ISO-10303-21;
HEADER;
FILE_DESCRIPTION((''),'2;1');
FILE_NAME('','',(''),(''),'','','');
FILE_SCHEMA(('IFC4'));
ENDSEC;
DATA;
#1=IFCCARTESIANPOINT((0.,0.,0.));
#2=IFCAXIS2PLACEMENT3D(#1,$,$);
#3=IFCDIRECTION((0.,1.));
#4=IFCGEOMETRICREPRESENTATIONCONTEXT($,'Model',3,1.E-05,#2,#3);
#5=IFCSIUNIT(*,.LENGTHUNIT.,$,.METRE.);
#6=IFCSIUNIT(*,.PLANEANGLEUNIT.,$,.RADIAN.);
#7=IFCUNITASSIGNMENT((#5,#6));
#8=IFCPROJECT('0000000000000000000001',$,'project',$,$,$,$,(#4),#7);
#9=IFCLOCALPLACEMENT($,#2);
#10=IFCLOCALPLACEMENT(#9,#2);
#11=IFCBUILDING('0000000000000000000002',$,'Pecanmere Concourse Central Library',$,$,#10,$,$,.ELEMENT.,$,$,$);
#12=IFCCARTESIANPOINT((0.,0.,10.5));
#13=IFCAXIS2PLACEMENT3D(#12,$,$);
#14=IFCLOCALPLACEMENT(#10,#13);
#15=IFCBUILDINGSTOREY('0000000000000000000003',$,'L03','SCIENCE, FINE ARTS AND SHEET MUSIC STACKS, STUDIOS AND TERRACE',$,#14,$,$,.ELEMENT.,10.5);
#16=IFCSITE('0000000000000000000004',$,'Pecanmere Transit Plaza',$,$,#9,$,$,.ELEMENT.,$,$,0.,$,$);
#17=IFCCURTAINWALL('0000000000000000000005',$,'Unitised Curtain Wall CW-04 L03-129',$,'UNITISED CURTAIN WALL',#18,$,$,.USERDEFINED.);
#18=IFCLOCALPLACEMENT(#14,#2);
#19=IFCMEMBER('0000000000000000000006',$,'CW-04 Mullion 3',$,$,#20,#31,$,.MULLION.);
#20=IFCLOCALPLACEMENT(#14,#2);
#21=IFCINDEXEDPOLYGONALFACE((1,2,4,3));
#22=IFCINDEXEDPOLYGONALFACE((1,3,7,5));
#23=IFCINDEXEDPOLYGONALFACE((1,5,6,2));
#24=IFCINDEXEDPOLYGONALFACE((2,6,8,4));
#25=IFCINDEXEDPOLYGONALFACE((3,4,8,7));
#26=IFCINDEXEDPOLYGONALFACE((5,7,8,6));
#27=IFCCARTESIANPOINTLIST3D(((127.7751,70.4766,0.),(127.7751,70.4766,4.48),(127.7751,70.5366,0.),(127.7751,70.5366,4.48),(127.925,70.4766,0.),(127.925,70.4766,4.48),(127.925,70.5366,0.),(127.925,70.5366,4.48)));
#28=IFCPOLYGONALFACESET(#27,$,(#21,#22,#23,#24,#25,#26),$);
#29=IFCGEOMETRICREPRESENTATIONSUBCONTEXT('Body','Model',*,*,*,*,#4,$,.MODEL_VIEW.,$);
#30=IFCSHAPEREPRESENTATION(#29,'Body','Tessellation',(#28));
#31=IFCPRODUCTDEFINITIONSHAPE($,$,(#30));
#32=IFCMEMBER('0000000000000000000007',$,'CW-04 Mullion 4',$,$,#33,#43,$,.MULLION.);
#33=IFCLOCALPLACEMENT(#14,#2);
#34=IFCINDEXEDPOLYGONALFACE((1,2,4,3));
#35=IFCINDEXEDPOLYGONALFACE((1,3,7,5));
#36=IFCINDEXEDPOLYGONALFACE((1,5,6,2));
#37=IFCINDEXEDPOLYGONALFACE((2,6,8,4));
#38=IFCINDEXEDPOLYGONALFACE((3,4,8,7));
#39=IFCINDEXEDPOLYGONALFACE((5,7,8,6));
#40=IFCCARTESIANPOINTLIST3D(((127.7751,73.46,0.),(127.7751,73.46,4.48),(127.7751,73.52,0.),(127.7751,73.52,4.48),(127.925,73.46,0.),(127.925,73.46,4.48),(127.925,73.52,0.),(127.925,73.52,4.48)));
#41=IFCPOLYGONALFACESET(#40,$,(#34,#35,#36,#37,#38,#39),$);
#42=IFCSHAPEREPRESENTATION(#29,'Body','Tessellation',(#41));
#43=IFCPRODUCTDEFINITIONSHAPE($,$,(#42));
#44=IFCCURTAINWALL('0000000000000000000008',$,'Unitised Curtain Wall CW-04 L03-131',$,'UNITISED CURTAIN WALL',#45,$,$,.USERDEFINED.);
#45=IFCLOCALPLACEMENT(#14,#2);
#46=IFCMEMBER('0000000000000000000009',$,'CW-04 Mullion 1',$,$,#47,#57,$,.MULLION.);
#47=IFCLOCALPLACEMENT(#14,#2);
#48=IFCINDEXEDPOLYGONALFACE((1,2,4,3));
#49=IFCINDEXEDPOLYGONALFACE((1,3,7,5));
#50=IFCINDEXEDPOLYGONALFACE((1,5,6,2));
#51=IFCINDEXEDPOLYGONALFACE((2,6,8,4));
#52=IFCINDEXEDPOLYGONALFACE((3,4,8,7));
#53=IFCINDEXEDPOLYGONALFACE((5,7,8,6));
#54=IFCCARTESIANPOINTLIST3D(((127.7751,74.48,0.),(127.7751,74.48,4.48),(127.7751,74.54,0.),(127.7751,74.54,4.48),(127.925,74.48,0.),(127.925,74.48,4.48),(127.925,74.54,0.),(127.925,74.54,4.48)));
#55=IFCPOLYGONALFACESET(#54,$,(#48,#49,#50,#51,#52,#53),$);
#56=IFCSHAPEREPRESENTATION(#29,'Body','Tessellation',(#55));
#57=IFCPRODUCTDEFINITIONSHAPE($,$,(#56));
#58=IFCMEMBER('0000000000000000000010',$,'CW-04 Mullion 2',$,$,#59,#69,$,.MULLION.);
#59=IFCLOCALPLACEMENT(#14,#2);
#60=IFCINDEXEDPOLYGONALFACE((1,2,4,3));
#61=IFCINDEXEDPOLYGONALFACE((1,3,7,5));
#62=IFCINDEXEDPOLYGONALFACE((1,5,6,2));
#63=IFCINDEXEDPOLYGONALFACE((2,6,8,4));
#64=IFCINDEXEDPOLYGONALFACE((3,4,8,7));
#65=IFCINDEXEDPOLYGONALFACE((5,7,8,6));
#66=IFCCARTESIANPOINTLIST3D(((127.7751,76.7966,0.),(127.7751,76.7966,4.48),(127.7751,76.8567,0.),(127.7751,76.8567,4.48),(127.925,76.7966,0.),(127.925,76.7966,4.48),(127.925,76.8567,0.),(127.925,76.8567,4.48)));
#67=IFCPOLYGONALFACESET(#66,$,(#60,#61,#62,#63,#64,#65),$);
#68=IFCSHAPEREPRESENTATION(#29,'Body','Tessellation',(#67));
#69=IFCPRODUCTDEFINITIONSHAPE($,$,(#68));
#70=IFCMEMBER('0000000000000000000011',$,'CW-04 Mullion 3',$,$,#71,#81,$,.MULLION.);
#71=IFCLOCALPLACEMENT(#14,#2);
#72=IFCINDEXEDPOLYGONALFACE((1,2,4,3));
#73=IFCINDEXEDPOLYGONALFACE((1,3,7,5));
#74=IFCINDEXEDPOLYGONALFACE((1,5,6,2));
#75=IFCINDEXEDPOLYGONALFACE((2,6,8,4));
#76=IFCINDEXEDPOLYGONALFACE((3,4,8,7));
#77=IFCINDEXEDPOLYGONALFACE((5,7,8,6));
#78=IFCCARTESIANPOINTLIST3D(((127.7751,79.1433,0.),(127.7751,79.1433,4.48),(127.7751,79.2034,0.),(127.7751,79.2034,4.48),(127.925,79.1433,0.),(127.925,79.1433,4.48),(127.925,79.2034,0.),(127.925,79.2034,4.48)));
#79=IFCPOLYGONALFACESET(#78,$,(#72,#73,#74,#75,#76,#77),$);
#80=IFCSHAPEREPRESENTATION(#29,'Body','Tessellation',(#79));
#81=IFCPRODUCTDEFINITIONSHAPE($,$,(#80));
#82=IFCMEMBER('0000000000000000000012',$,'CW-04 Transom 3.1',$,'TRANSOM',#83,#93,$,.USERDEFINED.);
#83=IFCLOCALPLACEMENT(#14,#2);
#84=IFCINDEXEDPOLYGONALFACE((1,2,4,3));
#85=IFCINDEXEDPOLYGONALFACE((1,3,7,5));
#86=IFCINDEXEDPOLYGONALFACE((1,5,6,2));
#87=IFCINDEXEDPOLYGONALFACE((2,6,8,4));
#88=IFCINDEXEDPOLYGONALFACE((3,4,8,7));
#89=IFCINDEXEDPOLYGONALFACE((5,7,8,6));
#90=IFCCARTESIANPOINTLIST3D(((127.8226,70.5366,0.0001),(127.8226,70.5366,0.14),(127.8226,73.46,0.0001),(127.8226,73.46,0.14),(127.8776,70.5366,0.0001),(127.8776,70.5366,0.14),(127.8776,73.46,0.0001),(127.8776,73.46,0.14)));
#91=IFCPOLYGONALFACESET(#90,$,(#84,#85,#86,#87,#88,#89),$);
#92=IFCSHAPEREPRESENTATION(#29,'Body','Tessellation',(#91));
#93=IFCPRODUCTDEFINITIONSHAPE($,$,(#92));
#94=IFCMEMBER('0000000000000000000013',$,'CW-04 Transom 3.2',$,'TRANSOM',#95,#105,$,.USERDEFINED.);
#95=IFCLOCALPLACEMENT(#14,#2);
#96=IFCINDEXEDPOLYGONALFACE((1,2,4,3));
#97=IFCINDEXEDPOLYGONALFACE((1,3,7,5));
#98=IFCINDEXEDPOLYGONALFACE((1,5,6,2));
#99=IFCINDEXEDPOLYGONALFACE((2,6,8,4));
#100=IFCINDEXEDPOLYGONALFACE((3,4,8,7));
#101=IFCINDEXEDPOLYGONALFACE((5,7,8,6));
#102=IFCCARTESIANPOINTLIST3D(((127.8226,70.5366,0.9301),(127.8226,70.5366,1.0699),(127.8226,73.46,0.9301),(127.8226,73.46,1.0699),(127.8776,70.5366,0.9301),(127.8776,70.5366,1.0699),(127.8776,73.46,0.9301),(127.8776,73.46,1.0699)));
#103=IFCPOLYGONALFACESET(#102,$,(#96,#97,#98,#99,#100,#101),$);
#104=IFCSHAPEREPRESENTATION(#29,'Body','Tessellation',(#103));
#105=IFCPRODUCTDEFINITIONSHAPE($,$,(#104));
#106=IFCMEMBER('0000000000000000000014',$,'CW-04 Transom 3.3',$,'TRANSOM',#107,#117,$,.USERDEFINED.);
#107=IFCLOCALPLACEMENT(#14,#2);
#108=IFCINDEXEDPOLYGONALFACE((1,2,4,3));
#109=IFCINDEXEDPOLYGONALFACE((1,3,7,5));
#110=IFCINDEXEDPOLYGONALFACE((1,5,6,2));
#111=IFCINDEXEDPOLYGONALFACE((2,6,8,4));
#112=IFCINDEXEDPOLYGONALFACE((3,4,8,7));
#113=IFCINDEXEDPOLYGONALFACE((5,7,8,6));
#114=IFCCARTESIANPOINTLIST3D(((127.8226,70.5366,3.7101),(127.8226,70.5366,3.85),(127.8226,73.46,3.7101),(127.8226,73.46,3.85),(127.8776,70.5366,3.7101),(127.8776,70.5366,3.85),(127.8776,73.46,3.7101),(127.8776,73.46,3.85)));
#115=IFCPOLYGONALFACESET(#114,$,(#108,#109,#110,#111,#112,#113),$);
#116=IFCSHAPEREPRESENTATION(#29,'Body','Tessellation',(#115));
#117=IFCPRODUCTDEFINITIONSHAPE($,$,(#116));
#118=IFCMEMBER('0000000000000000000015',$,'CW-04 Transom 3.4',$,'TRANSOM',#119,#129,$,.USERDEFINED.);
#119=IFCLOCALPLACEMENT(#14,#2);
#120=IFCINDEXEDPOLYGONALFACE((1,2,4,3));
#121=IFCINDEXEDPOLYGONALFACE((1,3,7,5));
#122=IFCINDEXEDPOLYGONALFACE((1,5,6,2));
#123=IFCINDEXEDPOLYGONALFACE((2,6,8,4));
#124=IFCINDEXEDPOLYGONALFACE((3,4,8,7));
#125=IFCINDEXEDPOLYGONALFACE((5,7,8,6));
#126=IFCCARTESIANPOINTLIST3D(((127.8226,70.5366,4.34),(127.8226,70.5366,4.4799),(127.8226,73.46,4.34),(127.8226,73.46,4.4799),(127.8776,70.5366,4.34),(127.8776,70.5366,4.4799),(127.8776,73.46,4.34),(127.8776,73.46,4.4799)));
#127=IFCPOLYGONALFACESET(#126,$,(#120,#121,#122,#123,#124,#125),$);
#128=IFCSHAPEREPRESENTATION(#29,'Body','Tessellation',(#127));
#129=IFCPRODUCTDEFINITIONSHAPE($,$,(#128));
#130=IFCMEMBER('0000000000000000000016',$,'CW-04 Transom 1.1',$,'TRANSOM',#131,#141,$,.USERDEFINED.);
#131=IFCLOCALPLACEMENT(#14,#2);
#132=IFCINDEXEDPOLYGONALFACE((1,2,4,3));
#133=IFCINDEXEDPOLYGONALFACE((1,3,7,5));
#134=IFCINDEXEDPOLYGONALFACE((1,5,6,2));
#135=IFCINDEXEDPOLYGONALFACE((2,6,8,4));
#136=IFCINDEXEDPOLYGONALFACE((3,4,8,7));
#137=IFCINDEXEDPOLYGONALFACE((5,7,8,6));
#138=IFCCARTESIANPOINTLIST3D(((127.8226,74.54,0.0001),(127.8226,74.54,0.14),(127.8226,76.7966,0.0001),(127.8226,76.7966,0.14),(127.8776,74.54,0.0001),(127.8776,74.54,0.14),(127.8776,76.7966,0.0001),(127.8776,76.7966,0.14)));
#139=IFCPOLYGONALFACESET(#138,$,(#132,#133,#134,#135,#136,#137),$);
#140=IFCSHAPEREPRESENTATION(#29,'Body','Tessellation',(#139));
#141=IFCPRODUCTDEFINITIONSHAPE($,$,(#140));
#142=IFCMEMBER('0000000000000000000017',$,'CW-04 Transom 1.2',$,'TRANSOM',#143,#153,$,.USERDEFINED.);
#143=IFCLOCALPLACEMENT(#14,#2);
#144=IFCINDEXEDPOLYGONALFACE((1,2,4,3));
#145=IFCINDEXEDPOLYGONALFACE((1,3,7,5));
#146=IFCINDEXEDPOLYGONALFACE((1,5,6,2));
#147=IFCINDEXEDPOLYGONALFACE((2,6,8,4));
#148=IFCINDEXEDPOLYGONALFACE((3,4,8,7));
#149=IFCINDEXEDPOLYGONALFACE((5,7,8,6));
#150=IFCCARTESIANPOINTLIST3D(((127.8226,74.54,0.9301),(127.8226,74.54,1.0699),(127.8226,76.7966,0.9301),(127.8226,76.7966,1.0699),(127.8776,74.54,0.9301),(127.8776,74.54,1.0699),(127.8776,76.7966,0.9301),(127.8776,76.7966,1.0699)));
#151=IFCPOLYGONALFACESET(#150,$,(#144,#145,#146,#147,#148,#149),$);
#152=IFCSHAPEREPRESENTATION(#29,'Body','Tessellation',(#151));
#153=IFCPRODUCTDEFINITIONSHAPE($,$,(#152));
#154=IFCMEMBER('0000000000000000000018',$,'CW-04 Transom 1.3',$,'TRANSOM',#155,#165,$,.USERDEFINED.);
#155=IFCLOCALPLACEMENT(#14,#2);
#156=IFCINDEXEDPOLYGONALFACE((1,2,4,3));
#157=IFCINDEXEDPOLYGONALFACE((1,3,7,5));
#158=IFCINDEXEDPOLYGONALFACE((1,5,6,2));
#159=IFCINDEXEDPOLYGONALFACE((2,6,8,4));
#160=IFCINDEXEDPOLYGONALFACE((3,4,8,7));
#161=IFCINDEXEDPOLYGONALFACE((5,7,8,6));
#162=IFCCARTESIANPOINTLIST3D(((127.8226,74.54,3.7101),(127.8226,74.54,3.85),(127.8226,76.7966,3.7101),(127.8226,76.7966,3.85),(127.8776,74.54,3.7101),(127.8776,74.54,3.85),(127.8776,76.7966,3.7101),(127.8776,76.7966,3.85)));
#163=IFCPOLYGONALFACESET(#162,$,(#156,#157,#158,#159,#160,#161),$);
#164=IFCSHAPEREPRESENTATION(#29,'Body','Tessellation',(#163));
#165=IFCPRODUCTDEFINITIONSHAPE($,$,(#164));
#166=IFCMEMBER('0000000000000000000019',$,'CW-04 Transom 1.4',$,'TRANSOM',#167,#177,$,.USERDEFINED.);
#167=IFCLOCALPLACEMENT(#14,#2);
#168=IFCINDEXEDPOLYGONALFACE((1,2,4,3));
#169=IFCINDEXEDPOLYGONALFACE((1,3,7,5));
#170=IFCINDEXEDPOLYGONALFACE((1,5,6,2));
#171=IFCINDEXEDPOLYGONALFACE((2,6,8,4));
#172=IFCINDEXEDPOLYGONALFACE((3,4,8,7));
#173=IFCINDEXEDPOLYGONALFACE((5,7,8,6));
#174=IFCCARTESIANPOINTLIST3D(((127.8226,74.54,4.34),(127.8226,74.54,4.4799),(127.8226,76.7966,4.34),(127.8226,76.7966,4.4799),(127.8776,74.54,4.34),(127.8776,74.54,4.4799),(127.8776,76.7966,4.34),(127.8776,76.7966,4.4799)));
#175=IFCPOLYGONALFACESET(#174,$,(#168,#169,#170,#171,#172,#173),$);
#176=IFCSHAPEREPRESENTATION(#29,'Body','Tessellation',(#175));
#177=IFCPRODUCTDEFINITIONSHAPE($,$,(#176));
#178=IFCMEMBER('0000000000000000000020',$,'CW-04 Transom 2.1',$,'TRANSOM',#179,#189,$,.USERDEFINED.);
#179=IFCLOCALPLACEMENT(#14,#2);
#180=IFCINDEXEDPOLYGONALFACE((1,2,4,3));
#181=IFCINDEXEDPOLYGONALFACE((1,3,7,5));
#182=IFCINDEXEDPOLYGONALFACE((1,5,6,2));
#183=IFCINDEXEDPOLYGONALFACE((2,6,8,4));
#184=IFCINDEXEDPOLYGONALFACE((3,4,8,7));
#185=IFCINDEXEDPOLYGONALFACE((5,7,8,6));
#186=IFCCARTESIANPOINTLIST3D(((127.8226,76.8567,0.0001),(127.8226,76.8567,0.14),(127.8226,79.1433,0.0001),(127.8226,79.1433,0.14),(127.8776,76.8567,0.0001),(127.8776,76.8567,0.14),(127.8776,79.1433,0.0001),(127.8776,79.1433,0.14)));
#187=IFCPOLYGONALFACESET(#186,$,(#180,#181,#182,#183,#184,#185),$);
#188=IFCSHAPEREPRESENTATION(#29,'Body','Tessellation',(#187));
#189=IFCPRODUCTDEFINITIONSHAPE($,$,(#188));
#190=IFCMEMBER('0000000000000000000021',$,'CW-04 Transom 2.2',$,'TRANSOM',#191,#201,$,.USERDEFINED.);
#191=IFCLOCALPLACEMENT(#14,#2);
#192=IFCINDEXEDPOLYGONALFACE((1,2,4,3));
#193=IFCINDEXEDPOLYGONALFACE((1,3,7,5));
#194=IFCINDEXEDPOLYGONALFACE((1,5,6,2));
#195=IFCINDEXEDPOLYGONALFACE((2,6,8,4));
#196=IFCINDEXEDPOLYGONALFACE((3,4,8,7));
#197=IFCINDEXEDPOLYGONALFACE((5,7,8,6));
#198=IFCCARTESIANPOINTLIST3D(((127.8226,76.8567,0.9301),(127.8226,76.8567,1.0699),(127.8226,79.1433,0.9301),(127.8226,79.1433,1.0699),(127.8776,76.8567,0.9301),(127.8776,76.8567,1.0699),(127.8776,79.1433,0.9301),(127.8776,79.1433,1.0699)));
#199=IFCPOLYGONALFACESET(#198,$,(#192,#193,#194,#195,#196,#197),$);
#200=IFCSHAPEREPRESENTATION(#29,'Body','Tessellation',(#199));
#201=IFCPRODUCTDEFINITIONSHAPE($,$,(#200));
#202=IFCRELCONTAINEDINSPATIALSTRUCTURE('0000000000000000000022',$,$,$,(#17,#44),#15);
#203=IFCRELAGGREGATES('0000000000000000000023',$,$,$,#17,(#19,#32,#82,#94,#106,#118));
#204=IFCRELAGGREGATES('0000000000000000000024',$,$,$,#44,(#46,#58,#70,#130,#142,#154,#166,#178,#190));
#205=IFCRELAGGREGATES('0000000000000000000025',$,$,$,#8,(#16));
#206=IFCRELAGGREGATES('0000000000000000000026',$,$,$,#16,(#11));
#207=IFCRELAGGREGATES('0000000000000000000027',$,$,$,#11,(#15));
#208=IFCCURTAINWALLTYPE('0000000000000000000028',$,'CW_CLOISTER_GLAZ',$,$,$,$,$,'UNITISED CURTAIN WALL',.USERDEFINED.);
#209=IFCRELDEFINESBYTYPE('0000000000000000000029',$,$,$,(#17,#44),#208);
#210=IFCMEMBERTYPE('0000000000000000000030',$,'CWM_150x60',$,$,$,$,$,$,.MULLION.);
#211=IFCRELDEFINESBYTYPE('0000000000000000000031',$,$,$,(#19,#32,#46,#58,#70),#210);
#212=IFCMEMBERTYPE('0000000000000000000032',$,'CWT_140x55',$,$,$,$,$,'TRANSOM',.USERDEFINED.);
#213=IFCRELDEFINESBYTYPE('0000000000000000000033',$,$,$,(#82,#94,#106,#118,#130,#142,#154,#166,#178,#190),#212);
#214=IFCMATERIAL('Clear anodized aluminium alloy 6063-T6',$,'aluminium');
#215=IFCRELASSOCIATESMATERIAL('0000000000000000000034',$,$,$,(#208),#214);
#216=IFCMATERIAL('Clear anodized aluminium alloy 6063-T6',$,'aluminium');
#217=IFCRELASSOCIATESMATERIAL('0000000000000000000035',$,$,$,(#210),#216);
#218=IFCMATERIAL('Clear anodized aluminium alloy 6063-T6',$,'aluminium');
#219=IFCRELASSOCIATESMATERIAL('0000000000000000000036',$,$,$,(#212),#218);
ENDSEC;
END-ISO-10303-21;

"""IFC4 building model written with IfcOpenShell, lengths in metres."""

from ifc_helpers import new_model, si_unit, direction, frame, origin, origin_2d, place, context, subcontext, project, spatial, rectangle, extrude, material, material_profile, profile_set, type_object, element, aggregate, save


model = new_model("IFC4")

# Units and contexts
model_context = context("Model", 3, precision=1e-05, world=origin(), true_north=direction((0.0, 1.0)))
body_context = subcontext(model_context, "Body", "Model", "MODEL_VIEW")
ifc_project = project(units=[si_unit("LENGTHUNIT", "METRE"), si_unit("PLANEANGLEUNIT", "RADIAN")], contexts=[model_context])

# Site, building, storey
site_placement = place(None, origin())
site = spatial("IfcSite", under=ifc_project, at=site_placement, Name="Pecanmere Transit Plaza", CompositionType="ELEMENT", RefElevation=0.0)
building_placement = place(site_placement, origin())
building = spatial("IfcBuilding", under=site, at=building_placement, Name="Pecanmere Concourse Central Library", CompositionType="ELEMENT")
storey_placement = place(building_placement, frame((0.0, 0.0, 10.5)))
storey = spatial("IfcBuildingStorey", under=building, at=storey_placement, Name="L03", Description="SCIENCE, FINE ARTS AND SHEET MUSIC STACKS, STUDIOS AND TERRACE", CompositionType="ELEMENT", Elevation=10.5)

# Curtain walls, members
ifc_material_1 = material(Name="Clear anodized aluminium alloy 6063-T6", Category="aluminium")
curtain_wall_type = type_object("IfcCurtainWallType", Name="CW_CLOISTER_GLAZ", ElementType="UNITISED CURTAIN WALL", PredefinedType="USERDEFINED", material=ifc_material_1)
curtain_wall_1_placement = place(storey_placement, origin())
curtain_wall_1 = element("IfcCurtainWall", 1, at=curtain_wall_1_placement, inside=storey, type_object=curtain_wall_type, Name="Unitised Curtain Wall CW-04 L03-129", ObjectType="UNITISED CURTAIN WALL", PredefinedType="USERDEFINED")
ifc_material_2 = material(Name="Clear anodized aluminium alloy 6063-T6", Category="aluminium")
ifc_material_profile_1 = material_profile(ifc_material_2, rectangle(XDim=0.0601, YDim=0.1499, at=origin_2d()), Name="AL 60x150")
ifc_profile_set_1 = profile_set([ifc_material_profile_1], Name="Clear anodized aluminium alloy 6063-T6")
member_type_1 = type_object("IfcMemberType", Name="CWM_150x60", PredefinedType="MULLION", material=ifc_profile_set_1)
member_1_placement = place(storey_placement, frame((127.8501, 70.5066, 0.0), z_axis=(0.0, 0.0, 1.0), x_axis=(0.0, 1.0, 0.0)))
member_1 = element("IfcMember", 2, at=member_1_placement, type_object=member_type_1, Name="CW-04 Mullion 3", PredefinedType="MULLION", context=body_context, shape_type="SweptSolid", body=[
    extrude(rectangle(XDim=0.0601, YDim=0.1499, at=origin_2d()), origin(), (0.0, 0.0, 1.0), 4.48),
])
member_2_placement = place(storey_placement, frame((127.8501, 73.49, 0.0), z_axis=(0.0, 0.0, 1.0), x_axis=(0.0, 1.0, 0.0)))
member_2 = element("IfcMember", 3, at=member_2_placement, type_object=member_type_1, Name="CW-04 Mullion 4", PredefinedType="MULLION", context=body_context, shape_type="SweptSolid", body=[
    extrude(rectangle(XDim=0.0601, YDim=0.1499, at=origin_2d()), origin(), (0.0, 0.0, 1.0), 4.48),
])
curtain_wall_2_placement = place(storey_placement, origin())
curtain_wall_2 = element("IfcCurtainWall", 4, at=curtain_wall_2_placement, inside=storey, type_object=curtain_wall_type, Name="Unitised Curtain Wall CW-04 L03-131", ObjectType="UNITISED CURTAIN WALL", PredefinedType="USERDEFINED")
member_3_placement = place(storey_placement, frame((127.8501, 74.51, 0.0), z_axis=(0.0, 0.0, 1.0), x_axis=(0.0, 1.0, 0.0)))
member_3 = element("IfcMember", 5, at=member_3_placement, type_object=member_type_1, Name="CW-04 Mullion 1", PredefinedType="MULLION", context=body_context, shape_type="SweptSolid", body=[
    extrude(rectangle(XDim=0.0601, YDim=0.1499, at=origin_2d()), origin(), (0.0, 0.0, 1.0), 4.48),
])
member_4_placement = place(storey_placement, frame((127.8501, 76.8267, 0.0), z_axis=(0.0, 0.0, 1.0), x_axis=(0.0, 1.0, 0.0)))
member_4 = element("IfcMember", 6, at=member_4_placement, type_object=member_type_1, Name="CW-04 Mullion 2", PredefinedType="MULLION", context=body_context, shape_type="SweptSolid", body=[
    extrude(rectangle(XDim=0.0601, YDim=0.1499, at=origin_2d()), origin(), (0.0, 0.0, 1.0), 4.48),
])
member_5_placement = place(storey_placement, frame((127.8501, 79.1733, 0.0), z_axis=(0.0, 0.0, 1.0), x_axis=(0.0, 1.0, 0.0)))
member_5 = element("IfcMember", 7, at=member_5_placement, type_object=member_type_1, Name="CW-04 Mullion 3", PredefinedType="MULLION", context=body_context, shape_type="SweptSolid", body=[
    extrude(rectangle(XDim=0.0601, YDim=0.1499, at=origin_2d()), origin(), (0.0, 0.0, 1.0), 4.48),
])

# Members
ifc_material_3 = material(Name="Clear anodized aluminium alloy 6063-T6", Category="aluminium")
ifc_material_profile_2 = material_profile(ifc_material_3, rectangle(XDim=0.0549, YDim=0.1399, at=origin_2d()), Name="AL 55x140")
ifc_profile_set_2 = profile_set([ifc_material_profile_2], Name="Clear anodized aluminium alloy 6063-T6")
member_type_2 = type_object("IfcMemberType", Name="CWT_140x55", ElementType="TRANSOM", PredefinedType="USERDEFINED", material=ifc_profile_set_2)
member_6_placement = place(storey_placement, frame((127.8501, 70.5366, 0.0701), z_axis=(0.0, 1.0, 0.0), x_axis=(-1.0, 0.0, 0.0)))
member_6 = element("IfcMember", 8, at=member_6_placement, type_object=member_type_2, Name="CW-04 Transom 3.1", ObjectType="TRANSOM", PredefinedType="USERDEFINED", context=body_context, shape_type="SweptSolid", body=[
    extrude(rectangle(XDim=0.0549, YDim=0.1399, at=origin_2d()), origin(), (0.0, 0.0, 1.0), 2.9233),
])
member_7_placement = place(storey_placement, frame((127.8501, 70.5366, 1.0), z_axis=(0.0, 1.0, 0.0), x_axis=(-1.0, 0.0, 0.0)))
member_7 = element("IfcMember", 9, at=member_7_placement, type_object=member_type_2, Name="CW-04 Transom 3.2", ObjectType="TRANSOM", PredefinedType="USERDEFINED", context=body_context, shape_type="SweptSolid", body=[
    extrude(rectangle(XDim=0.0549, YDim=0.1399, at=origin_2d()), origin(), (0.0, 0.0, 1.0), 2.9233),
])
member_8_placement = place(storey_placement, frame((127.8501, 70.5366, 3.78), z_axis=(0.0, 1.0, 0.0), x_axis=(-1.0, 0.0, 0.0)))
member_8 = element("IfcMember", 10, at=member_8_placement, type_object=member_type_2, Name="CW-04 Transom 3.3", ObjectType="TRANSOM", PredefinedType="USERDEFINED", context=body_context, shape_type="SweptSolid", body=[
    extrude(rectangle(XDim=0.0549, YDim=0.1399, at=origin_2d()), origin(), (0.0, 0.0, 1.0), 2.9233),
])
member_9_placement = place(storey_placement, frame((127.8501, 70.5366, 4.4099), z_axis=(0.0, 1.0, 0.0), x_axis=(-1.0, 0.0, 0.0)))
member_9 = element("IfcMember", 11, at=member_9_placement, type_object=member_type_2, Name="CW-04 Transom 3.4", ObjectType="TRANSOM", PredefinedType="USERDEFINED", context=body_context, shape_type="SweptSolid", body=[
    extrude(rectangle(XDim=0.0549, YDim=0.1399, at=origin_2d()), origin(), (0.0, 0.0, 1.0), 2.9233),
])
member_10_placement = place(storey_placement, frame((127.8501, 74.54, 0.0701), z_axis=(0.0, 1.0, 0.0), x_axis=(-1.0, 0.0, 0.0)))
member_10 = element("IfcMember", 12, at=member_10_placement, type_object=member_type_2, Name="CW-04 Transom 1.1", ObjectType="TRANSOM", PredefinedType="USERDEFINED", context=body_context, shape_type="SweptSolid", body=[
    extrude(rectangle(XDim=0.0549, YDim=0.1399, at=origin_2d()), origin(), (0.0, 0.0, 1.0), 2.2566),
])
member_11_placement = place(storey_placement, frame((127.8501, 74.54, 1.0), z_axis=(0.0, 1.0, 0.0), x_axis=(-1.0, 0.0, 0.0)))
member_11 = element("IfcMember", 13, at=member_11_placement, type_object=member_type_2, Name="CW-04 Transom 1.2", ObjectType="TRANSOM", PredefinedType="USERDEFINED", context=body_context, shape_type="SweptSolid", body=[
    extrude(rectangle(XDim=0.0549, YDim=0.1399, at=origin_2d()), origin(), (0.0, 0.0, 1.0), 2.2566),
])
member_12_placement = place(storey_placement, frame((127.8501, 74.54, 3.78), z_axis=(0.0, 1.0, 0.0), x_axis=(-1.0, 0.0, 0.0)))
member_12 = element("IfcMember", 14, at=member_12_placement, type_object=member_type_2, Name="CW-04 Transom 1.3", ObjectType="TRANSOM", PredefinedType="USERDEFINED", context=body_context, shape_type="SweptSolid", body=[
    extrude(rectangle(XDim=0.0549, YDim=0.1399, at=origin_2d()), origin(), (0.0, 0.0, 1.0), 2.2566),
])
member_13_placement = place(storey_placement, frame((127.8501, 74.54, 4.4099), z_axis=(0.0, 1.0, 0.0), x_axis=(-1.0, 0.0, 0.0)))
member_13 = element("IfcMember", 15, at=member_13_placement, type_object=member_type_2, Name="CW-04 Transom 1.4", ObjectType="TRANSOM", PredefinedType="USERDEFINED", context=body_context, shape_type="SweptSolid", body=[
    extrude(rectangle(XDim=0.0549, YDim=0.1399, at=origin_2d()), origin(), (0.0, 0.0, 1.0), 2.2566),
])
member_14_placement = place(storey_placement, frame((127.8501, 76.8567, 0.0701), z_axis=(0.0, 1.0, 0.0), x_axis=(-1.0, 0.0, 0.0)))
member_14 = element("IfcMember", 16, at=member_14_placement, type_object=member_type_2, Name="CW-04 Transom 2.1", ObjectType="TRANSOM", PredefinedType="USERDEFINED", context=body_context, shape_type="SweptSolid", body=[
    extrude(rectangle(XDim=0.0549, YDim=0.1399, at=origin_2d()), origin(), (0.0, 0.0, 1.0), 2.2866),
])
member_15_placement = place(storey_placement, frame((127.8501, 76.8567, 1.0), z_axis=(0.0, 1.0, 0.0), x_axis=(-1.0, 0.0, 0.0)))
member_15 = element("IfcMember", 17, at=member_15_placement, type_object=member_type_2, Name="CW-04 Transom 2.2", ObjectType="TRANSOM", PredefinedType="USERDEFINED", context=body_context, shape_type="SweptSolid", body=[
    extrude(rectangle(XDim=0.0549, YDim=0.1399, at=origin_2d()), origin(), (0.0, 0.0, 1.0), 2.2866),
])

aggregate(curtain_wall_1, [member_1, member_2, member_6, member_7, member_8, member_9])
aggregate(curtain_wall_2, [member_3, member_4, member_5, member_10, member_11, member_12, member_13, member_14, member_15])

save(model, "model.ifc")
